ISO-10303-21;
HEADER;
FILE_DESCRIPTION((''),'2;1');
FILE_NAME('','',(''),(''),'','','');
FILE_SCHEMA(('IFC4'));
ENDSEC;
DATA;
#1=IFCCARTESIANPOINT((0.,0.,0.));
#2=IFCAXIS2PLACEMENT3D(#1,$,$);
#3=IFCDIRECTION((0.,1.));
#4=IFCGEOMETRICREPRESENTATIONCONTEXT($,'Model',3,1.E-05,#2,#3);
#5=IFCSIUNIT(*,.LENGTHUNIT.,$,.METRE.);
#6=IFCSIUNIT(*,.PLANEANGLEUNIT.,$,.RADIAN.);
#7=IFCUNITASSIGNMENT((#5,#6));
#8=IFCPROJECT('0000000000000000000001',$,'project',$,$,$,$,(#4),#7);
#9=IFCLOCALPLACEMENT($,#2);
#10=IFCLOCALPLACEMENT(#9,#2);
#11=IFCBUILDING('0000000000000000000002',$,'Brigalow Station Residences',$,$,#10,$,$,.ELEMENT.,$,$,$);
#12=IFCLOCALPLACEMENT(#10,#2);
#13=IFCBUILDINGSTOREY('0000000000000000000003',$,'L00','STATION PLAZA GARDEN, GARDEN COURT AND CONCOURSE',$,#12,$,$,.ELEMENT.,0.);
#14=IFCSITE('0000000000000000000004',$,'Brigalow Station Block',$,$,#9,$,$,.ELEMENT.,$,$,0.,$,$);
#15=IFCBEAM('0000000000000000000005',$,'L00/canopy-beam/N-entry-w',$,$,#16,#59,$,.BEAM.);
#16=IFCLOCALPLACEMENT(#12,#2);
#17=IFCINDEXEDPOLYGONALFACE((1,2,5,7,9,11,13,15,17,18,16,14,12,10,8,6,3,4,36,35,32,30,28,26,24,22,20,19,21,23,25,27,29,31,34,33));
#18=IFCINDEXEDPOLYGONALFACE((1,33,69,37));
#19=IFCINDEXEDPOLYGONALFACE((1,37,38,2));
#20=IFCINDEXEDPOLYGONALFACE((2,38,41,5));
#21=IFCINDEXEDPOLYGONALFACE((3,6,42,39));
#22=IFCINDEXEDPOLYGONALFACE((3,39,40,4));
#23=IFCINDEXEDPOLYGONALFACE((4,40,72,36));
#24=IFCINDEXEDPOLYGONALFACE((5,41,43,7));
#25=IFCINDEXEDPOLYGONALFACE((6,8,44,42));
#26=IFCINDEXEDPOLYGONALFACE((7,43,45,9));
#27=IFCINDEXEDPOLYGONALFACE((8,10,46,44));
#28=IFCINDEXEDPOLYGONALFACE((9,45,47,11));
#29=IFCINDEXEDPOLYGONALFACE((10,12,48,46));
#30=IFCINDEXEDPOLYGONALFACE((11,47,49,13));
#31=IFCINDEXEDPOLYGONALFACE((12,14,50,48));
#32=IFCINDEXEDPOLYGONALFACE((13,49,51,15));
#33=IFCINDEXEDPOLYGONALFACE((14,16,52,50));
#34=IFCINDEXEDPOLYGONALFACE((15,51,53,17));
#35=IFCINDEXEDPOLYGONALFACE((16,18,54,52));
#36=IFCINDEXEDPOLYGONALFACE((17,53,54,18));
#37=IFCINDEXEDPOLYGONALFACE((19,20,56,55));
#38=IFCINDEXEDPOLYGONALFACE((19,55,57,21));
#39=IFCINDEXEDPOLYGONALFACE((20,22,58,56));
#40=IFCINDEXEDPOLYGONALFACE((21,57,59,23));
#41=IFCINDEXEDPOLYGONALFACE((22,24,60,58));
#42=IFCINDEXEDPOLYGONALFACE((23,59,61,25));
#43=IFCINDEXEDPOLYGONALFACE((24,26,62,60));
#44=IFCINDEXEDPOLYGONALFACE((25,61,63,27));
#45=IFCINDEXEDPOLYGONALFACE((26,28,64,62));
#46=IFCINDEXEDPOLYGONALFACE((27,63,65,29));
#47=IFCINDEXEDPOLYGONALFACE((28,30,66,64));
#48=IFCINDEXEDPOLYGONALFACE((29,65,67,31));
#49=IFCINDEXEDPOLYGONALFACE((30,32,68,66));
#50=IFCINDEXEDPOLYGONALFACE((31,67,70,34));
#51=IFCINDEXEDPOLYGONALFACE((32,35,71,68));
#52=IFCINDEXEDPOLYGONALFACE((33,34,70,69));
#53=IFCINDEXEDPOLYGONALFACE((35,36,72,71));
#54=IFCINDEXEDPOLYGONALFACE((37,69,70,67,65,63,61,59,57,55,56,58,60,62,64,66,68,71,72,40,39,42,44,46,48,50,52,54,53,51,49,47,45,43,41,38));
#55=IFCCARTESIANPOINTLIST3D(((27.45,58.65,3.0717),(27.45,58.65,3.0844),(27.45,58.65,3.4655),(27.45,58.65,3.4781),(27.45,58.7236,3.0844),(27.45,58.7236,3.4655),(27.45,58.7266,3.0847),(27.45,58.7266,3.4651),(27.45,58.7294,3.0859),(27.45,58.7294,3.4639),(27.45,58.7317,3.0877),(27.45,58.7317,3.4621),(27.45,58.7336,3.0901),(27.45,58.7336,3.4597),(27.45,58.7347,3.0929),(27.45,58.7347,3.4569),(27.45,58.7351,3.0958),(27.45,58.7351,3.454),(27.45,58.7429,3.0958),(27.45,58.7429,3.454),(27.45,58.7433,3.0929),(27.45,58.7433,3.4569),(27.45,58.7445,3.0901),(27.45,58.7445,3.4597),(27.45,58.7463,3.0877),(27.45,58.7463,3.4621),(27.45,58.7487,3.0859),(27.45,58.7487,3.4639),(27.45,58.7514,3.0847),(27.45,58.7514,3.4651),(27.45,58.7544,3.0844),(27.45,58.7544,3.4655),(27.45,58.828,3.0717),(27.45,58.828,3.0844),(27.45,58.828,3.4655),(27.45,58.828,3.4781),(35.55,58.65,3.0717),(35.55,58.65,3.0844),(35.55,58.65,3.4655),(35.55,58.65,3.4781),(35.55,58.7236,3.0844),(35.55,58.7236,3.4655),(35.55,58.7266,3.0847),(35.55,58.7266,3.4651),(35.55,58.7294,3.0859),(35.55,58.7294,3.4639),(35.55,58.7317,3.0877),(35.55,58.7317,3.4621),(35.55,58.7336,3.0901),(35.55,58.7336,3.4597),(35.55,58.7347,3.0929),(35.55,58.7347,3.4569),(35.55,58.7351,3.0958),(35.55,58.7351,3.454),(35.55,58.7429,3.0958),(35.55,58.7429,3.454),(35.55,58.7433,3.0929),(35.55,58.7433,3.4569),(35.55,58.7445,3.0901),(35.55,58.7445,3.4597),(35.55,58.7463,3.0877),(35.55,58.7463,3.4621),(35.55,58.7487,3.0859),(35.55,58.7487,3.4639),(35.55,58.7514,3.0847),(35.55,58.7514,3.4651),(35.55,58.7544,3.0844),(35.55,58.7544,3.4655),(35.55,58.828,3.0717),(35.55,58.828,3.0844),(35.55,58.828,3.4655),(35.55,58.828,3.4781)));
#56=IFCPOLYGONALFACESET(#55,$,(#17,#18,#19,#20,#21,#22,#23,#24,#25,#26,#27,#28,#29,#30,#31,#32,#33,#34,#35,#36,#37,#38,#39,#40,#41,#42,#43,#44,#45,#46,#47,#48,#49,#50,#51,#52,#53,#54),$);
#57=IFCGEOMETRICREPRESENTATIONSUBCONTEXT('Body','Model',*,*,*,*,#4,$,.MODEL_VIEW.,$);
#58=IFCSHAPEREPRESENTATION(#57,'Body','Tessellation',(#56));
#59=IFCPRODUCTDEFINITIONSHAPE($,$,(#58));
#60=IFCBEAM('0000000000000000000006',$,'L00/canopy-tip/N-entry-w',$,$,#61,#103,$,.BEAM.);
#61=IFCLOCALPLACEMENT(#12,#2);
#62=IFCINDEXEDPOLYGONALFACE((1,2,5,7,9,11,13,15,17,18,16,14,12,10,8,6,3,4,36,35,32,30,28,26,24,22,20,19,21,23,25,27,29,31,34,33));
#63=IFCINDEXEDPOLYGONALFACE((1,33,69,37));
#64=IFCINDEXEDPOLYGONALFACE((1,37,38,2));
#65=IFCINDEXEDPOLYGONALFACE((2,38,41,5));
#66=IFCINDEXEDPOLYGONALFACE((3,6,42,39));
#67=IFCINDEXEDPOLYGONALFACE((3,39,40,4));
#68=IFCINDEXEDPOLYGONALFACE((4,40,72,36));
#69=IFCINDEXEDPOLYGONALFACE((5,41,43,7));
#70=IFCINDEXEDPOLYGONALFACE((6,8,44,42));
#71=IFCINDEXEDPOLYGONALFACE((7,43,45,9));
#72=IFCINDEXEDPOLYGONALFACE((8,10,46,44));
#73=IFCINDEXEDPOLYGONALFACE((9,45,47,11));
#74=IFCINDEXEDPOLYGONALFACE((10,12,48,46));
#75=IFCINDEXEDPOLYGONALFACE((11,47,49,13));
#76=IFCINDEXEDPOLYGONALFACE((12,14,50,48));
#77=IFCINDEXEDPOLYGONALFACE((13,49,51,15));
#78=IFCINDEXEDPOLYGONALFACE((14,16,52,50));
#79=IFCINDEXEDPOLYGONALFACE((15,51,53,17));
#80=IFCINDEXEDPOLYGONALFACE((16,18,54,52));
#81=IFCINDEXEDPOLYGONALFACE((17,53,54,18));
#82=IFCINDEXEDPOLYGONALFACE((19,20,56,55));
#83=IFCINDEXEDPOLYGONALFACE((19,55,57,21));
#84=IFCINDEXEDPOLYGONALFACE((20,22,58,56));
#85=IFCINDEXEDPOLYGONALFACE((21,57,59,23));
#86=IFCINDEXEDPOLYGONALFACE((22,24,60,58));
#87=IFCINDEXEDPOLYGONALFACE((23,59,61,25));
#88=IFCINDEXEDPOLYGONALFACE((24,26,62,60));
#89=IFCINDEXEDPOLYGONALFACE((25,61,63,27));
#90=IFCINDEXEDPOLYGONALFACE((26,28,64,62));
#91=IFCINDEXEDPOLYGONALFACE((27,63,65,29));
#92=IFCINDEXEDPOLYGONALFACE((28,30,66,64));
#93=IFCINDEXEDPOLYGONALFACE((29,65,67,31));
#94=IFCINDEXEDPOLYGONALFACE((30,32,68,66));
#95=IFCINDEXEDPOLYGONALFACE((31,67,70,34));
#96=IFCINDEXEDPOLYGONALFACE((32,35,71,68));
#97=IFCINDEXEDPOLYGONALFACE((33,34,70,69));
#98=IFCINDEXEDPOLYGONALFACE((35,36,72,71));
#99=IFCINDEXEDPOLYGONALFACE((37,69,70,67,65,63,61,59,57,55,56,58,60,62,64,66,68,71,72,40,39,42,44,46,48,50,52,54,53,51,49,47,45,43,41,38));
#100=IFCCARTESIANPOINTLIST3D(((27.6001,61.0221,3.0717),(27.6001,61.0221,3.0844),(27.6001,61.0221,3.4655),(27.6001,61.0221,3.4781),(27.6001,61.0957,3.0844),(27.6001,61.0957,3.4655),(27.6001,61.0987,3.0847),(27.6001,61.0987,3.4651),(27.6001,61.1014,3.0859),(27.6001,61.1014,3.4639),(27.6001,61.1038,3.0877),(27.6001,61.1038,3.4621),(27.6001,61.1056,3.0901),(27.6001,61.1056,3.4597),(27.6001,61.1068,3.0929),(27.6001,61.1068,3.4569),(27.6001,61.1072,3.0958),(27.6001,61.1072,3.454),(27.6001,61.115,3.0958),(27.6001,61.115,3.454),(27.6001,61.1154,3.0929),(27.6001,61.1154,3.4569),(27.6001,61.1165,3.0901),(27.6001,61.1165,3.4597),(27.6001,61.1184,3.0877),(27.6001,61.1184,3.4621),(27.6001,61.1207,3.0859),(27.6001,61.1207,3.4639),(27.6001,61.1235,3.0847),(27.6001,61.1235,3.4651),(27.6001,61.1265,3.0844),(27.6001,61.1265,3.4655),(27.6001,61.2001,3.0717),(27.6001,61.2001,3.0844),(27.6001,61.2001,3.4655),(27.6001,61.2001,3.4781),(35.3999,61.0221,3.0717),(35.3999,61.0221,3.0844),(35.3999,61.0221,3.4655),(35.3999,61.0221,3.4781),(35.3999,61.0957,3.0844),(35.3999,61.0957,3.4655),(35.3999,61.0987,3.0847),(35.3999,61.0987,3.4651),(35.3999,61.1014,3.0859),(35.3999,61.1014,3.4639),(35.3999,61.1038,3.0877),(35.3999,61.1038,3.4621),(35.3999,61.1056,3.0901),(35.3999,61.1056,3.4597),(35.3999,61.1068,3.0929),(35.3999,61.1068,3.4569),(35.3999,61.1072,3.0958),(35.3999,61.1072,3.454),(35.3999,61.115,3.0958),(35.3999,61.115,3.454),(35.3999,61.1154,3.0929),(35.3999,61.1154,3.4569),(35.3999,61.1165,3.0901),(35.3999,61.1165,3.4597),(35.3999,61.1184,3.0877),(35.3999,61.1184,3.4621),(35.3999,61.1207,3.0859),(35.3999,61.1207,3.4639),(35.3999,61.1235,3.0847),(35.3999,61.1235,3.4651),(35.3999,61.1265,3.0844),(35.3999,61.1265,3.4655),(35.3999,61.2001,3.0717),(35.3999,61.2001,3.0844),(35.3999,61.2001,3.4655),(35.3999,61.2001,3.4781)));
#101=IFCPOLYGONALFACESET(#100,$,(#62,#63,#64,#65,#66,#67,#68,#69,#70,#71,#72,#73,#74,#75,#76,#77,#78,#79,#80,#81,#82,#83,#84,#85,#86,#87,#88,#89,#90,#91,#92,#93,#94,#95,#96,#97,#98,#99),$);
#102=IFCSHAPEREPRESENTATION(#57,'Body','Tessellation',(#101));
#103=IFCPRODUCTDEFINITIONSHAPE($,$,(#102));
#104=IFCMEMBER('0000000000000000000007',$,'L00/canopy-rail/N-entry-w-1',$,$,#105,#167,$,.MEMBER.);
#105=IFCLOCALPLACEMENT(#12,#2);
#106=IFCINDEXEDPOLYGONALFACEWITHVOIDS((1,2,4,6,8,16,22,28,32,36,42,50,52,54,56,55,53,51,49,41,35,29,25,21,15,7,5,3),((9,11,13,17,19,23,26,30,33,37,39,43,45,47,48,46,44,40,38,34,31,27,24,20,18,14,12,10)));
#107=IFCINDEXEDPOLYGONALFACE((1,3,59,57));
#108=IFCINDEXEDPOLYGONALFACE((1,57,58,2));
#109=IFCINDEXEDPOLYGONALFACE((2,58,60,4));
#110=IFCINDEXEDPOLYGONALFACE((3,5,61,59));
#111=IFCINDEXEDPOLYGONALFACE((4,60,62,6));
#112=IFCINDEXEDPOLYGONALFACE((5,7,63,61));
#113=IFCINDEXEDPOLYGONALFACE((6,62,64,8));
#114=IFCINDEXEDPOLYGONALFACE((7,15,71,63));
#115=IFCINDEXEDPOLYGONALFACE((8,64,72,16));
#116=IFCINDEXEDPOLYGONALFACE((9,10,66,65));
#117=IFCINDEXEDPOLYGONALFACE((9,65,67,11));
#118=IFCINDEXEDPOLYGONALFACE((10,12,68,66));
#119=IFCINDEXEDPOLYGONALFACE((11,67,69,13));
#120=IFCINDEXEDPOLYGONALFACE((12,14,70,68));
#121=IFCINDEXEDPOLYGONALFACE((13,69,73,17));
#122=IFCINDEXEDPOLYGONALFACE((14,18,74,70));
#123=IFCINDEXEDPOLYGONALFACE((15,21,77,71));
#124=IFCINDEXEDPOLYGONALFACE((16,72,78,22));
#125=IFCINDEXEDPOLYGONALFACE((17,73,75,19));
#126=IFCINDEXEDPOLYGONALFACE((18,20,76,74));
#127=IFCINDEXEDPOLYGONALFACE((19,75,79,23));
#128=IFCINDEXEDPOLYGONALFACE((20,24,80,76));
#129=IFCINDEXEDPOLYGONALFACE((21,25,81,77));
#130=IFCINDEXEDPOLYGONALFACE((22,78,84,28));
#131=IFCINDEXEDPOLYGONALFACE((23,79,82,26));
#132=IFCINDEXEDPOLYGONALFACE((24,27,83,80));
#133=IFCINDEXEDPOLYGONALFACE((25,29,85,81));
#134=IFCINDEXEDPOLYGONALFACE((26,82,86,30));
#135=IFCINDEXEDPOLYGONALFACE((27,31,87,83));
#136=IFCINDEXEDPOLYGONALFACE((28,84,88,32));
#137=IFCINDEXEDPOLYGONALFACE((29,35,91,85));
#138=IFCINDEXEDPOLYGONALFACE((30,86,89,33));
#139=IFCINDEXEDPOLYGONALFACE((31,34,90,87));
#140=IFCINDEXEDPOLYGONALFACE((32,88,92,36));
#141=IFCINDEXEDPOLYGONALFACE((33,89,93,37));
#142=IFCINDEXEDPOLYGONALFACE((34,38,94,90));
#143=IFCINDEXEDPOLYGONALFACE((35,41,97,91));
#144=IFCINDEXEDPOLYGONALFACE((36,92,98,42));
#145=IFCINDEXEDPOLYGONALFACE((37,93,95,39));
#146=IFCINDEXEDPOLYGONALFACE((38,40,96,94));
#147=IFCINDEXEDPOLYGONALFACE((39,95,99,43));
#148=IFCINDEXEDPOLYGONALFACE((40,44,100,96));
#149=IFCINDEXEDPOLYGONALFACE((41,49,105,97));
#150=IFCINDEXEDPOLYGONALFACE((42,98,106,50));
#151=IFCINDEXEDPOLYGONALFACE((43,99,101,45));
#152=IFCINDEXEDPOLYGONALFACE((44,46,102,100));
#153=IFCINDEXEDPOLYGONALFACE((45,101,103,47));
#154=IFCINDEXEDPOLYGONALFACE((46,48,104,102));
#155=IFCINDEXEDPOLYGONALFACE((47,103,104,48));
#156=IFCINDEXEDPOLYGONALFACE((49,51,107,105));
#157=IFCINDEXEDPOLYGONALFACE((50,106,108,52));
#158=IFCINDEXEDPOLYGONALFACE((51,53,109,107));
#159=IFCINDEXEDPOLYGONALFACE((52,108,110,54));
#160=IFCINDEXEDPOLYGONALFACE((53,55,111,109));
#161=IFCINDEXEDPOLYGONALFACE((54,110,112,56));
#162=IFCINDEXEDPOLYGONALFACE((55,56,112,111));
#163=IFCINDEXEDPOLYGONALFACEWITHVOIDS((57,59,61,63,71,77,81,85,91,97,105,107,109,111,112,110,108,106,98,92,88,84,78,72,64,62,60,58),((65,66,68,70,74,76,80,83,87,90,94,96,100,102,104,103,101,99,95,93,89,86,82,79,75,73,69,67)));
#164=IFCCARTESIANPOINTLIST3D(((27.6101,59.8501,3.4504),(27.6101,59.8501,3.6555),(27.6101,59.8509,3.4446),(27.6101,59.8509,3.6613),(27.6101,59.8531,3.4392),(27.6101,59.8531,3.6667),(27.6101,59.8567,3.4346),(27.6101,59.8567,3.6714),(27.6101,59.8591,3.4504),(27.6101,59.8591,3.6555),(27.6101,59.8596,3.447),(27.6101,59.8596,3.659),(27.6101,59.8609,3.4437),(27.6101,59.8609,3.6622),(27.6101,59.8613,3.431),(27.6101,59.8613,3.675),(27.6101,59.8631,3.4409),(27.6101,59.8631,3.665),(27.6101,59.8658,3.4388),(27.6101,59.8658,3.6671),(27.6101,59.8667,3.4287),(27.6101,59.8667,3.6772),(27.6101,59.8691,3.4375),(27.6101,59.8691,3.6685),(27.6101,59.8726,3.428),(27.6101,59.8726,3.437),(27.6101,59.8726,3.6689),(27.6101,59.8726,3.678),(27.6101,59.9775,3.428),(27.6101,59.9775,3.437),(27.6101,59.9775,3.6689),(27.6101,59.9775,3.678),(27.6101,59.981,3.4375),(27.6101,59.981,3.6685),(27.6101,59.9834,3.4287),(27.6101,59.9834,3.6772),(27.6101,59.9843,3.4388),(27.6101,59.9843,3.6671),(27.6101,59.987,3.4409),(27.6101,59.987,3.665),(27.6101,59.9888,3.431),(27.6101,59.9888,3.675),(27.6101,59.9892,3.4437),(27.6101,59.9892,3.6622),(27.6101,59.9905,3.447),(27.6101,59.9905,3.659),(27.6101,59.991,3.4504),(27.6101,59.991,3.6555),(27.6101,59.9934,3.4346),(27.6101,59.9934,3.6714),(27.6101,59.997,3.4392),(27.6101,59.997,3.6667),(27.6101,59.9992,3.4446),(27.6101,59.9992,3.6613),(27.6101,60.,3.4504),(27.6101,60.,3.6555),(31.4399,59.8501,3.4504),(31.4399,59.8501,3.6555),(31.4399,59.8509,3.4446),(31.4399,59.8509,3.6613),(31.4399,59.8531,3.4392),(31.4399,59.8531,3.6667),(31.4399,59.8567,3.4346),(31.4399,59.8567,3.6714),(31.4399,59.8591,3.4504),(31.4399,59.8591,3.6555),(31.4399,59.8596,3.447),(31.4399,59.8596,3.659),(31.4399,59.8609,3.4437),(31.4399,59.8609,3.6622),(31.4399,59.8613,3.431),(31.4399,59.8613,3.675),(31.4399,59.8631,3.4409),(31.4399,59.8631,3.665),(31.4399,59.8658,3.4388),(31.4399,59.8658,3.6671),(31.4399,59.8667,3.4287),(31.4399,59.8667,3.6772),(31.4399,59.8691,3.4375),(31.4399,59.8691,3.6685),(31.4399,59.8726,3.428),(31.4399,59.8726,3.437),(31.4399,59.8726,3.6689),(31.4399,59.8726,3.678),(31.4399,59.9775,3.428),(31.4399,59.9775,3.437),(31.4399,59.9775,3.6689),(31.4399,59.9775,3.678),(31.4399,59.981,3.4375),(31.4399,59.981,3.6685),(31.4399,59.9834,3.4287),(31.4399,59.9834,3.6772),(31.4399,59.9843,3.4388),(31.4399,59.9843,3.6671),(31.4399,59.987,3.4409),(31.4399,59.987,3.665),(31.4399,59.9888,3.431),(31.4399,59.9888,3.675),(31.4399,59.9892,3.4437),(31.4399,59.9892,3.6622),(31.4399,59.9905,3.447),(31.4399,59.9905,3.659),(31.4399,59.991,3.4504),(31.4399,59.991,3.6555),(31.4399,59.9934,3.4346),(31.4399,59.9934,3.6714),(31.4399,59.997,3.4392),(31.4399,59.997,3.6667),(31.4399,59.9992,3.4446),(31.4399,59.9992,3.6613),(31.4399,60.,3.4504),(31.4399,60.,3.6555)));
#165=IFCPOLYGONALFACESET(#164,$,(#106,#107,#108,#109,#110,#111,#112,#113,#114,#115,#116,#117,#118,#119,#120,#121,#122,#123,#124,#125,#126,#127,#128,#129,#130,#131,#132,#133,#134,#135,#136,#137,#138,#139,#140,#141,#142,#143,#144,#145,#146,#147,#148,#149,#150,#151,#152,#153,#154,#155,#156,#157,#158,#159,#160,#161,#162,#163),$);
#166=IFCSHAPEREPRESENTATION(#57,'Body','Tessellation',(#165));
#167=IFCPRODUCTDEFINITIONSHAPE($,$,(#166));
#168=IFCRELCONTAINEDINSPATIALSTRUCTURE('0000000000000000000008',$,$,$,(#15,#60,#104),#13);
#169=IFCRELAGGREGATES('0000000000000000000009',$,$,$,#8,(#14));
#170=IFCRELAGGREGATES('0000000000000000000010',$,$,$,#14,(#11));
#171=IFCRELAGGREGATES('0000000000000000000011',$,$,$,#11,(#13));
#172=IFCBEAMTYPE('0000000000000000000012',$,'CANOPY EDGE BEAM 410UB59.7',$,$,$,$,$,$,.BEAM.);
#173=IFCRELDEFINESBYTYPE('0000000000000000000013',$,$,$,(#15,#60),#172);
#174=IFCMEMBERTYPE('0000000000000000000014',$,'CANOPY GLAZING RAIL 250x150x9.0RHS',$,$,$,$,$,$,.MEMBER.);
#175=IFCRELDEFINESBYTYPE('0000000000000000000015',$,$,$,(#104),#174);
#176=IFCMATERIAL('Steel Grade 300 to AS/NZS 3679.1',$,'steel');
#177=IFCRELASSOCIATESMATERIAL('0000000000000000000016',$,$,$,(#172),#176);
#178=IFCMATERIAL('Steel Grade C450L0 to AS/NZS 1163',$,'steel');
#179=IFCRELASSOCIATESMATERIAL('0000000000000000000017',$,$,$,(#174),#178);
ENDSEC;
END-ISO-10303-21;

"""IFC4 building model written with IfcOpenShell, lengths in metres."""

from ifc_helpers import new_model, si_unit, direction, frame, origin, origin_2d, place, context, subcontext, project, spatial, hollow_rectangle, i_section, extrude, material, material_profile, profile_set, type_object, element, save


model = new_model("IFC4")

# Units and contexts
model_context = context("Model", 3, precision=1e-05, world=origin(), true_north=direction((0.0, 1.0)))
body_context = subcontext(model_context, "Body", "Model", "MODEL_VIEW")
ifc_project = project(units=[si_unit("LENGTHUNIT", "METRE"), si_unit("PLANEANGLEUNIT", "RADIAN")], contexts=[model_context])

# Site, building, storey
site_placement = place(None, origin())
site = spatial("IfcSite", under=ifc_project, at=site_placement, Name="Brigalow Station Block", CompositionType="ELEMENT", RefElevation=0.0)
building_placement = place(site_placement, origin())
building = spatial("IfcBuilding", under=site, at=building_placement, Name="Brigalow Station Residences", CompositionType="ELEMENT")
storey_placement = place(building_placement, origin())
storey = spatial("IfcBuildingStorey", under=building, at=storey_placement, Name="L00", Description="STATION PLAZA GARDEN, GARDEN COURT AND CONCOURSE", CompositionType="ELEMENT", Elevation=0.0)

# Beams
ifc_material_1 = material(Name="Steel Grade 300 to AS/NZS 3679.1", Category="steel")
ifc_material_profile_1 = material_profile(ifc_material_1, i_section(OverallWidth=0.178, OverallDepth=0.4065, WebThickness=0.0078, FlangeThickness=0.0127, FilletRadius=0.0115, at=origin_2d()), Name="410UB59.7")
ifc_profile_set_1 = profile_set([ifc_material_profile_1], Name="Steel Grade 300 to AS/NZS 3679.1")
beam_type_1 = type_object("IfcBeamType", Name="CANOPY EDGE BEAM 410UB59.7", PredefinedType="BEAM", material=ifc_profile_set_1)
beam_1_placement = place(storey_placement, frame((27.45, 58.739, 3.2749), z_axis=(1.0, 0.0, 0.0), x_axis=(0.0, 1.0, 0.0)))
element("IfcBeam", 1, at=beam_1_placement, inside=storey, type_object=beam_type_1, Name="L00/canopy-beam/N-entry-w", PredefinedType="BEAM", context=body_context, shape_type="SweptSolid", body=[
    extrude(i_section(OverallWidth=0.178, OverallDepth=0.4065, WebThickness=0.0078, FlangeThickness=0.0127, FilletRadius=0.0115, at=origin_2d()), origin(), (0.0, 0.0, 1.0), 8.1001),
])
beam_2_placement = place(storey_placement, frame((27.6001, 61.1111, 3.2749), z_axis=(1.0, 0.0, 0.0), x_axis=(0.0, 1.0, 0.0)))
element("IfcBeam", 2, at=beam_2_placement, inside=storey, type_object=beam_type_1, Name="L00/canopy-tip/N-entry-w", PredefinedType="BEAM", context=body_context, shape_type="SweptSolid", body=[
    extrude(i_section(OverallWidth=0.178, OverallDepth=0.4065, WebThickness=0.0078, FlangeThickness=0.0127, FilletRadius=0.0115, at=origin_2d()), origin(), (0.0, 0.0, 1.0), 7.7998),
])

# Member
ifc_material_2 = material(Name="Steel Grade C450L0 to AS/NZS 1163", Category="steel")
ifc_material_profile_2 = material_profile(ifc_material_2, hollow_rectangle(XDim=0.1499, YDim=0.25, WallThickness=0.009, InnerFilletRadius=0.0134, OuterFilletRadius=0.0225, at=origin_2d()), Name="250x150x9.0RHS")
ifc_profile_set_2 = profile_set([ifc_material_profile_2], Name="Steel Grade C450L0 to AS/NZS 1163")
member_type_1 = type_object("IfcMemberType", Name="CANOPY GLAZING RAIL 250x150x9.0RHS", PredefinedType="MEMBER", material=ifc_profile_set_2)
for number, where, z_axis, x_axis, name in (
    (3, (27.6101, 59.925, 3.553), (1.0, 0.0, 0.0), (0.0, 1.0, 0.0), "L00/canopy-rail/N-entry-w-1"),
):
    element("IfcMember", number, at=place(storey_placement, frame(where, z_axis=z_axis, x_axis=x_axis)), inside=storey, type_object=member_type_1, Name=name, PredefinedType="MEMBER", context=body_context, shape_type="SweptSolid", body=[
        extrude(hollow_rectangle(XDim=0.1499, YDim=0.25, WallThickness=0.009, InnerFilletRadius=0.0134, OuterFilletRadius=0.0225, at=origin_2d()), origin(), (0.0, 0.0, 1.0), 3.8298),
    ])

save(model, "model.ifc")
